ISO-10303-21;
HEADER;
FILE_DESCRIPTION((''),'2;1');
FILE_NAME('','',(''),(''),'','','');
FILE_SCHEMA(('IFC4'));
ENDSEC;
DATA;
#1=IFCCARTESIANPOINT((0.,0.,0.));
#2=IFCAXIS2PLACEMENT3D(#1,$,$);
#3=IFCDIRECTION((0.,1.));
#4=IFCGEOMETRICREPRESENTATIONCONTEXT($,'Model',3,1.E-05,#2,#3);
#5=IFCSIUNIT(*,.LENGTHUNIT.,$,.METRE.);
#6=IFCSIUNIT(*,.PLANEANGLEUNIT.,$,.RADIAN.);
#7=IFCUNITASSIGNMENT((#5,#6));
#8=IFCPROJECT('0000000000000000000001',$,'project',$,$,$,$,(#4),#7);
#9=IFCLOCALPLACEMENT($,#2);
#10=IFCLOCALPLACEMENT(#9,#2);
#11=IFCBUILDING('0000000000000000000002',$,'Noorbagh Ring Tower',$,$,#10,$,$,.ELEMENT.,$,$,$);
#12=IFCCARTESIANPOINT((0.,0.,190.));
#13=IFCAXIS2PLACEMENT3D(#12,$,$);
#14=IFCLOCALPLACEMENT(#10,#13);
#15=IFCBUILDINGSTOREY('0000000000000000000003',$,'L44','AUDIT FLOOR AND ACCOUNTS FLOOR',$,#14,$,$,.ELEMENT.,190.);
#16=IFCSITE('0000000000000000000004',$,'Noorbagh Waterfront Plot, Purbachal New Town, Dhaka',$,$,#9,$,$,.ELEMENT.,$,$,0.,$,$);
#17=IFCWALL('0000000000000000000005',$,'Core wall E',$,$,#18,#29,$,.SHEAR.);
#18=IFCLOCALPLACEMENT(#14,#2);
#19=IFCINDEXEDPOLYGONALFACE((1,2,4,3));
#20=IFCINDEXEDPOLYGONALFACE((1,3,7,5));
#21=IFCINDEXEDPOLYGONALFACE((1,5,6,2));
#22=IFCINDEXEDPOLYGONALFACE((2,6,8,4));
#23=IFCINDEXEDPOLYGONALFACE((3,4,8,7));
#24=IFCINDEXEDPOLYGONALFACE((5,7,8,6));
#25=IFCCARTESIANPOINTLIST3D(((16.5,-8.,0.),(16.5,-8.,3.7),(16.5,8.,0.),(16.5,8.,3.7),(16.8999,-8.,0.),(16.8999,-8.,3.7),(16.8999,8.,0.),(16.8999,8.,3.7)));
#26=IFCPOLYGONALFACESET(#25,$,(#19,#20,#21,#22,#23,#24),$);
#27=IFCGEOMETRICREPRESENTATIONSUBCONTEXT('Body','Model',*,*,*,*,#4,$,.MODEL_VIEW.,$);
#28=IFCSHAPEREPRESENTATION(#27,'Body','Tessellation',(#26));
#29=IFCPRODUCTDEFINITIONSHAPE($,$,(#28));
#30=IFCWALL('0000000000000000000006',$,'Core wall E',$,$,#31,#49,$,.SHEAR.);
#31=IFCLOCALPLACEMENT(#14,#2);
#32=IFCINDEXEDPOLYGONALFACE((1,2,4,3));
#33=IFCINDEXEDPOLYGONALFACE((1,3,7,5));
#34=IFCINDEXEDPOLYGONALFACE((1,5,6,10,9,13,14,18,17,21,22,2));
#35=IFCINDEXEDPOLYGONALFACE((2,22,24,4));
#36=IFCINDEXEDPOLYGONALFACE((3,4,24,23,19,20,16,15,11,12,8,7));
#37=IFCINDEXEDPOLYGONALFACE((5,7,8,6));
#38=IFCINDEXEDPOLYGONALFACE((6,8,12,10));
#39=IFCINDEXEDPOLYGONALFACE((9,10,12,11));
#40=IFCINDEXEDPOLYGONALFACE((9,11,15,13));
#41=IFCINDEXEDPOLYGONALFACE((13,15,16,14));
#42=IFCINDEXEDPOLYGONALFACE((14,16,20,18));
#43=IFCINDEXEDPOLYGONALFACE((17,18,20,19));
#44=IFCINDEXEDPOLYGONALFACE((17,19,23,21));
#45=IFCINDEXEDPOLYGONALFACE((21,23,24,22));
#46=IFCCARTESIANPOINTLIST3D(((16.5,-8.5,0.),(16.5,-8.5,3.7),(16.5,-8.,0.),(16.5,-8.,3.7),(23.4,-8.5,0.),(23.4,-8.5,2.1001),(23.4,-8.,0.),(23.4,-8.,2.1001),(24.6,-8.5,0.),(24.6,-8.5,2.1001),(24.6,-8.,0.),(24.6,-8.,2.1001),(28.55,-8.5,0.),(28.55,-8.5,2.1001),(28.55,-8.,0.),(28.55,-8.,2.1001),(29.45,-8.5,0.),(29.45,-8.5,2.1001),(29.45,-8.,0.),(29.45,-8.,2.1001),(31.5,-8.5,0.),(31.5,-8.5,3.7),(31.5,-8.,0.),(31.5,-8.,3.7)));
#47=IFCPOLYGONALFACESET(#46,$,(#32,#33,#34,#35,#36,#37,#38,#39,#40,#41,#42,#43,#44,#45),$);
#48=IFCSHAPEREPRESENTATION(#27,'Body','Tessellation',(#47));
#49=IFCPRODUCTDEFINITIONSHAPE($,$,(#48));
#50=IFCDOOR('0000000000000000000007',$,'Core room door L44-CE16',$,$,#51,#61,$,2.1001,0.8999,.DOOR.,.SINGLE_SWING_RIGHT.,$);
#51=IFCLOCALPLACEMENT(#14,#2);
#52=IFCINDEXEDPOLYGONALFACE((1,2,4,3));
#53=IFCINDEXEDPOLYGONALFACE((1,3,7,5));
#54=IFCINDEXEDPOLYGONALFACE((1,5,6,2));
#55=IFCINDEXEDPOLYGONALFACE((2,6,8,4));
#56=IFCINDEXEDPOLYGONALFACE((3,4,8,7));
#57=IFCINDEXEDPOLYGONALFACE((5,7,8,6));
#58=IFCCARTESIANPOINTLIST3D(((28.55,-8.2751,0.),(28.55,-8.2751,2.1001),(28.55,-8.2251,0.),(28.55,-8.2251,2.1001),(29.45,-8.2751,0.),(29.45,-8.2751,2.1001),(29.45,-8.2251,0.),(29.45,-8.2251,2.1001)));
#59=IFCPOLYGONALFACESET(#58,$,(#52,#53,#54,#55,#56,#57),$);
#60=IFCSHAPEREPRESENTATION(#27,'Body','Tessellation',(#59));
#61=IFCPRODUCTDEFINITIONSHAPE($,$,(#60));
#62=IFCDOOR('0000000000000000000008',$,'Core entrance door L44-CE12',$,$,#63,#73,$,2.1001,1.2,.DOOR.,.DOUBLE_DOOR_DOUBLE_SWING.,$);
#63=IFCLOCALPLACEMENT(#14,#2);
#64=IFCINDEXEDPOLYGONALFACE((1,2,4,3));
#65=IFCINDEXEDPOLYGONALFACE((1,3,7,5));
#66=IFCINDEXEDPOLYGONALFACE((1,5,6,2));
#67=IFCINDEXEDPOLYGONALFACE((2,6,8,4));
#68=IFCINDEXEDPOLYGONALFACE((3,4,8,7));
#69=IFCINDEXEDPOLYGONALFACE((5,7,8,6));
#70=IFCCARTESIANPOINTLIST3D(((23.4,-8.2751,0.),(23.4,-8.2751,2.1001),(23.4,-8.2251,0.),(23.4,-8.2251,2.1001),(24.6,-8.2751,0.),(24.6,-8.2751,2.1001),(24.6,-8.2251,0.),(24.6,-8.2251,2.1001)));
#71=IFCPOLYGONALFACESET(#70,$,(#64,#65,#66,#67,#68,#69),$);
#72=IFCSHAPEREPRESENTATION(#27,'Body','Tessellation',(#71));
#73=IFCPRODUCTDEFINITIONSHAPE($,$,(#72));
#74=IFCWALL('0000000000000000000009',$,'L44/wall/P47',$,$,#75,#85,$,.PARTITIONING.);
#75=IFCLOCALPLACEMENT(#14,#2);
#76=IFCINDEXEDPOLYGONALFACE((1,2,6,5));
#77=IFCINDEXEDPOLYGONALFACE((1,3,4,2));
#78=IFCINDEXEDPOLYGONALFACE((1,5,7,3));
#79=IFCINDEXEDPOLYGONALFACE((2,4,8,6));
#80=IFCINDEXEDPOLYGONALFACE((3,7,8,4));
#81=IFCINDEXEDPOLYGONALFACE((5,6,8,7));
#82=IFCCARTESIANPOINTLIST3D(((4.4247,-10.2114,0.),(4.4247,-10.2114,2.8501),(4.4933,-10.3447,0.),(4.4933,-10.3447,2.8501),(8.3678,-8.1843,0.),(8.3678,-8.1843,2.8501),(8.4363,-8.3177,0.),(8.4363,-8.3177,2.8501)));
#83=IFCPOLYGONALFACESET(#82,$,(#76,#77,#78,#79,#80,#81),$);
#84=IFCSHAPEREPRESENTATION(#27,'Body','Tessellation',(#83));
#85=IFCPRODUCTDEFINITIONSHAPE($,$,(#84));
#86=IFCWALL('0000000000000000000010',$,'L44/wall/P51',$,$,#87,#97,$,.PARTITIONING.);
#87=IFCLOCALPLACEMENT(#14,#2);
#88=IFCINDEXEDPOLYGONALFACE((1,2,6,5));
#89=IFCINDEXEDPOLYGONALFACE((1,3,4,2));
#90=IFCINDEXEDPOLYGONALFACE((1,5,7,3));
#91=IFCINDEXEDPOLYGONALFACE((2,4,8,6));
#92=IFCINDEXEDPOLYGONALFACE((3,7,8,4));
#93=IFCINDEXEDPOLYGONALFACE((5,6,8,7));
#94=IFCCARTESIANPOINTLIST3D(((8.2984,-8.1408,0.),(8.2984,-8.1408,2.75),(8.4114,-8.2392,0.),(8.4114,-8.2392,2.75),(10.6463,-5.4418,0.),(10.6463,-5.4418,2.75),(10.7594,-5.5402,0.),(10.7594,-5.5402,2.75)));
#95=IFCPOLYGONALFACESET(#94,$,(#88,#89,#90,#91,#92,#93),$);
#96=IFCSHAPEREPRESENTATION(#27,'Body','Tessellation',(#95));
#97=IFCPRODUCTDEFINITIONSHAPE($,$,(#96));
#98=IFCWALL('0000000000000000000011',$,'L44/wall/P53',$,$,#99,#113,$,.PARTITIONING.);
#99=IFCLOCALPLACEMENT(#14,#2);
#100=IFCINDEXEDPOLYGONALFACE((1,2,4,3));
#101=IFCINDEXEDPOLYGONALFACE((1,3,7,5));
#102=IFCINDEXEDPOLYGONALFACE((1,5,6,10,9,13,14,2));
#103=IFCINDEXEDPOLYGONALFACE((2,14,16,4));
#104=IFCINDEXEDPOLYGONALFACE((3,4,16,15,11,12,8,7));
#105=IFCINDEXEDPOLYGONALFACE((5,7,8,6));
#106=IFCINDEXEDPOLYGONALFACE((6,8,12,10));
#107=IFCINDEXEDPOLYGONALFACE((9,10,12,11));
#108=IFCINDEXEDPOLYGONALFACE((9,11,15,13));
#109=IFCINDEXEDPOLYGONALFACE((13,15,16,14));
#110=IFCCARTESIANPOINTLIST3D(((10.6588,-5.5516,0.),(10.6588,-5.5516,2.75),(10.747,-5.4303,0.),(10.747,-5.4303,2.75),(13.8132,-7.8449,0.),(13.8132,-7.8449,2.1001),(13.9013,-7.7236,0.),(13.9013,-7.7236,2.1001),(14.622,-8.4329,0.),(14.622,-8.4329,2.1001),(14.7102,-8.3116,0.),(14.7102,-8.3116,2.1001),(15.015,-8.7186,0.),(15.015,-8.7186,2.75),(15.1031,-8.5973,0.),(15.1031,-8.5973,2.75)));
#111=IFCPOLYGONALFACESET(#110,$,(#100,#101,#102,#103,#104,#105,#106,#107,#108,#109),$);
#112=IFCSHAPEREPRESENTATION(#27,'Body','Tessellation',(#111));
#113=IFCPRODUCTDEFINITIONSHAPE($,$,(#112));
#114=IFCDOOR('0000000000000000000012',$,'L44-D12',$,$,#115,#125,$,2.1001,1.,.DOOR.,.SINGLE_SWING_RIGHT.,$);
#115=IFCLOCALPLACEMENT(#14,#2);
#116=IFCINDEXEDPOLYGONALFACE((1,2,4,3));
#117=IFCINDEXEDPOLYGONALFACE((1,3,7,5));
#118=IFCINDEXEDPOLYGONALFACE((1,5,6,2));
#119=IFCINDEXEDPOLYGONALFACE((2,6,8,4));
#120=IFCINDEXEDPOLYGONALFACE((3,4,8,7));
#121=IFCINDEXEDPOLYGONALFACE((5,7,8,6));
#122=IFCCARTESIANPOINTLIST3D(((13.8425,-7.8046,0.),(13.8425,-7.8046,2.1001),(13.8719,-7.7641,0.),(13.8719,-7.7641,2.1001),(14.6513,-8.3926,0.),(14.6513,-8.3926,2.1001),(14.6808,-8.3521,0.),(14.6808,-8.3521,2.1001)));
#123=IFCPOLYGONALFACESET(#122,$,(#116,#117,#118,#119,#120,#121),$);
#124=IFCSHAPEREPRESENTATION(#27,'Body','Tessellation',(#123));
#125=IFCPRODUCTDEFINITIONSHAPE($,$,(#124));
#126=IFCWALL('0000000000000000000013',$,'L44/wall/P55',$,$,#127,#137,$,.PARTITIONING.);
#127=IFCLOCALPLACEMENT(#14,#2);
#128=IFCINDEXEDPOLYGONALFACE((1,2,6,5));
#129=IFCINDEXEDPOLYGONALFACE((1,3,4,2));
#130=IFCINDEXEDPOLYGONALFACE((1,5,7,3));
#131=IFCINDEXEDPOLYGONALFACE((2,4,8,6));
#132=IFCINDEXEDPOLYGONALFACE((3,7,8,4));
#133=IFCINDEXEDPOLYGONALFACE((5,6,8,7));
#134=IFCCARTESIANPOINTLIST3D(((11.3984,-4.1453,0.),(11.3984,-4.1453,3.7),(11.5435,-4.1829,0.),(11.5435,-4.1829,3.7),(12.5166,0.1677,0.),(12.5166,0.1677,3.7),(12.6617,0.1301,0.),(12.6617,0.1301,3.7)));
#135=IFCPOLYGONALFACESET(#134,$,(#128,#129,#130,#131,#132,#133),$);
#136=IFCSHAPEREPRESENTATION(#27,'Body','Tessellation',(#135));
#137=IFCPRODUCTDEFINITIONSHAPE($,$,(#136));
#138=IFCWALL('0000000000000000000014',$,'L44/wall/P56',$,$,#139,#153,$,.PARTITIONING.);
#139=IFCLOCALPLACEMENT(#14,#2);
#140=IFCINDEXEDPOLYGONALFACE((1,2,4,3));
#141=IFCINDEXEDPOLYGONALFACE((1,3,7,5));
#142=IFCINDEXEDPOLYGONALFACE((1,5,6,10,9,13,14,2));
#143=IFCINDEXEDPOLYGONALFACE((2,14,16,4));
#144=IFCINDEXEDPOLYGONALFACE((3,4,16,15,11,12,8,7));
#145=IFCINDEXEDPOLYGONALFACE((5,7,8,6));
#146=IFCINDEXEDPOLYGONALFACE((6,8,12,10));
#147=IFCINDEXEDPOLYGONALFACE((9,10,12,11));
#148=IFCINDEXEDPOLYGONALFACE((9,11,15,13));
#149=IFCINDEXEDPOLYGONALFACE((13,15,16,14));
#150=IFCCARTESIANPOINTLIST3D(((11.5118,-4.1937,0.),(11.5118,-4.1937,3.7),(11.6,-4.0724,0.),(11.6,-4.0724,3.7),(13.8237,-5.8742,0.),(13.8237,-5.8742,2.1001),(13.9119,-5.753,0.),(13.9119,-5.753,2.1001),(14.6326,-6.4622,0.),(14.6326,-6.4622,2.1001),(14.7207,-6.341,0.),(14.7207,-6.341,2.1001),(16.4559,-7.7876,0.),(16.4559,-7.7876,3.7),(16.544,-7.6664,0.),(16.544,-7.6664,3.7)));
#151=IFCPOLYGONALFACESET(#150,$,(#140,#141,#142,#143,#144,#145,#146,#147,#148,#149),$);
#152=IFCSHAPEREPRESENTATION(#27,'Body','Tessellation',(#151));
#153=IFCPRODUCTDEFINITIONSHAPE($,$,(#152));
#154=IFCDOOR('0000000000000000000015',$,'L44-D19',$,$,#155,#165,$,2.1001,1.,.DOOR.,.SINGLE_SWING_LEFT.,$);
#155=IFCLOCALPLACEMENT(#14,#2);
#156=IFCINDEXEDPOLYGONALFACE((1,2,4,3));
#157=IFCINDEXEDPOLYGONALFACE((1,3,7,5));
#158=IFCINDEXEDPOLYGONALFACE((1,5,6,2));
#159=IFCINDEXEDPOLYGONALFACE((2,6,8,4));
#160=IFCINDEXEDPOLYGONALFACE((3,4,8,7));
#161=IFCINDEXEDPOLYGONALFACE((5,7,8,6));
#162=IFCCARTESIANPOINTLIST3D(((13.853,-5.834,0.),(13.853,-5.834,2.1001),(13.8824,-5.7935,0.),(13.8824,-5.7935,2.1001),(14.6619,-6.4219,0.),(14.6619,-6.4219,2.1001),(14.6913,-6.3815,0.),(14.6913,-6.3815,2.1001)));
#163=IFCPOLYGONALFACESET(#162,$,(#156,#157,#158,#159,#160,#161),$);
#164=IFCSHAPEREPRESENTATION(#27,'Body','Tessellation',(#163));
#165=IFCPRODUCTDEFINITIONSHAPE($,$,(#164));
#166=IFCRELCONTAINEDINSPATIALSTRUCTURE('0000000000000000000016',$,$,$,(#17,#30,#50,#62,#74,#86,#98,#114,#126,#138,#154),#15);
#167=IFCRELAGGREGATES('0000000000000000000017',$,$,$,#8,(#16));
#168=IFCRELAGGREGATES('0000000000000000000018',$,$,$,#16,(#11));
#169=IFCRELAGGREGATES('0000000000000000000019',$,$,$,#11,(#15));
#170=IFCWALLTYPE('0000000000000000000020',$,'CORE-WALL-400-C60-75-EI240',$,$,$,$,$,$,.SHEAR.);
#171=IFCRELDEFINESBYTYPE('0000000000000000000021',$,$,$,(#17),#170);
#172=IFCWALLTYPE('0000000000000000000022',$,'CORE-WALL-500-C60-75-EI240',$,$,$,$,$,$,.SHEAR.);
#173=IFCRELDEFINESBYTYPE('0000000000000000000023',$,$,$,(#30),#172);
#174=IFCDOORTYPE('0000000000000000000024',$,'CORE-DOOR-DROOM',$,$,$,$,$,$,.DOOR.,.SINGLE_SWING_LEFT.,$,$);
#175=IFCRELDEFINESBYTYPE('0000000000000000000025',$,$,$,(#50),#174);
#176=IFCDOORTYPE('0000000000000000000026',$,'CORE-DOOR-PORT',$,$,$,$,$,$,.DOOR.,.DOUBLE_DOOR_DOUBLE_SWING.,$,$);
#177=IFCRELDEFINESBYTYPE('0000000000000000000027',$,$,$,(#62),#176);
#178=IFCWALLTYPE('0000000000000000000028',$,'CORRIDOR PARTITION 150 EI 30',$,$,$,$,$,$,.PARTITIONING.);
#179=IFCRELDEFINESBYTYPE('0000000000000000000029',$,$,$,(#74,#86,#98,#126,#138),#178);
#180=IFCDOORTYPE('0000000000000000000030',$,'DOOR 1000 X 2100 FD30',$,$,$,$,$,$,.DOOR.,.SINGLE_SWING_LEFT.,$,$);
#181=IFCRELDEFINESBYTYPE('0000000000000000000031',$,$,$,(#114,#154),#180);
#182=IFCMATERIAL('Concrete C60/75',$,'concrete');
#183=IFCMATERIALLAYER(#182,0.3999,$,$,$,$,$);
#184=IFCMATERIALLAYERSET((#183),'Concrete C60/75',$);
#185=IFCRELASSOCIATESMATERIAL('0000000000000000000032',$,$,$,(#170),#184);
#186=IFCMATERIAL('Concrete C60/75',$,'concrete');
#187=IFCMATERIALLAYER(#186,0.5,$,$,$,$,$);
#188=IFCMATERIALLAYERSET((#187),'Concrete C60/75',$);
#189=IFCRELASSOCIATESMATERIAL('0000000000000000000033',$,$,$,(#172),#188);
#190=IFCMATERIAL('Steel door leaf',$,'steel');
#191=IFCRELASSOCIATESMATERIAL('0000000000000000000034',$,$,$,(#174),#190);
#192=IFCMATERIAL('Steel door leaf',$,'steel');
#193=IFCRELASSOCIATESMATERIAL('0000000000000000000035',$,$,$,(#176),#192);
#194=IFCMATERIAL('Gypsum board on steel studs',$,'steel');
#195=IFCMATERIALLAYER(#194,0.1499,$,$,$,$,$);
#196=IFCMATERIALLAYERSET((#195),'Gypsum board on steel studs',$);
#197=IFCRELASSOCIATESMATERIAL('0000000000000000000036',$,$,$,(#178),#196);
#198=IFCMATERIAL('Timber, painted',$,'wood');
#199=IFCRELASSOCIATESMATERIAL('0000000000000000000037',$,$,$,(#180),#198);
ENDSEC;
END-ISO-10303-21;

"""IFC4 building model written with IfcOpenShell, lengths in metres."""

from ifc_helpers import new_model, si_unit, direction, frame, frame_2d, origin, place, context, subcontext, project, spatial, rectangle, extrude, material, layer, layer_set, type_object, element, fill, save


model = new_model("IFC4")

# Units and contexts
model_context = context("Model", 3, precision=1e-05, world=origin(), true_north=direction((0.0, 1.0)))
body_context = subcontext(model_context, "Body", "Model", "MODEL_VIEW")
ifc_project = project(units=[si_unit("LENGTHUNIT", "METRE"), si_unit("PLANEANGLEUNIT", "RADIAN")], contexts=[model_context])

# Site, building, storey
site_placement = place(None, origin())
site = spatial("IfcSite", under=ifc_project, at=site_placement, Name="Noorbagh Waterfront Plot, Purbachal New Town, Dhaka", CompositionType="ELEMENT", RefElevation=0.0)
building_placement = place(site_placement, origin())
building = spatial("IfcBuilding", under=site, at=building_placement, Name="Noorbagh Ring Tower", CompositionType="ELEMENT")
storey_placement = place(building_placement, frame((0.0, 0.0, 190.0)))
storey = spatial("IfcBuildingStorey", under=building, at=storey_placement, Name="L44", Description="AUDIT FLOOR AND ACCOUNTS FLOOR", CompositionType="ELEMENT", Elevation=190.0)

# Wall
ifc_material_1 = material(Name="Concrete C60/75", Category="concrete")
ifc_layer_1 = layer(ifc_material_1, 0.3999)
ifc_layer_set_1 = layer_set([ifc_layer_1], Name="Concrete C60/75")
wall_type_1 = type_object("IfcWallType", Name="CORE-WALL-400-C60-75-EI240", PredefinedType="SHEAR", material=ifc_layer_set_1)
wall_1_placement = place(storey_placement, frame((16.7, -8.0, 0.0), z_axis=(0.0, 0.0, 1.0), x_axis=(0.0, 1.0, 0.0)))
element("IfcWall", 1, at=wall_1_placement, inside=storey, type_object=wall_type_1, Name="Core wall E", PredefinedType="SHEAR", context=body_context, shape_type="SweptSolid", body=[
    extrude(rectangle(XDim=16.0, YDim=0.3999, at=frame_2d((8.0, 0.0))), origin(), (0.0, 0.0, 1.0), 3.7),
])

# Wall, openings, doors
ifc_material_2 = material(Name="Concrete C60/75", Category="concrete")
ifc_layer_2 = layer(ifc_material_2, 0.5)
ifc_layer_set_2 = layer_set([ifc_layer_2], Name="Concrete C60/75")
wall_type_2 = type_object("IfcWallType", Name="CORE-WALL-500-C60-75-EI240", PredefinedType="SHEAR", material=ifc_layer_set_2)
wall_2_placement = place(storey_placement, frame((16.5, -8.25, 0.0), z_axis=(0.0, 0.0, 1.0), x_axis=(1.0, 0.0, 0.0)))
wall_2 = element("IfcWall", 2, at=wall_2_placement, inside=storey, type_object=wall_type_2, Name="Core wall E", PredefinedType="SHEAR", context=body_context, shape_type="SweptSolid", body=[
    extrude(rectangle(XDim=15.0, YDim=0.5, at=frame_2d((7.5, 0.0))), origin(), (0.0, 0.0, 1.0), 3.7),
])
opening_1_placement = place(wall_2_placement, frame((6.8999, 0.0, 0.0)))
opening_1 = element("IfcOpeningElement", 3, at=opening_1_placement, cuts=wall_2, PredefinedType="OPENING", context=body_context, shape_type="SweptSolid", body=[
    extrude(rectangle(XDim=1.2, YDim=2.1001, at=frame_2d((0.6001, 1.05))), frame((0.0, 0.26, 0.0), z_axis=(0.0, -1.0, 0.0), x_axis=(1.0, 0.0, 0.0)), (0.0, 0.0, 1.0), 0.52),
])
opening_2_placement = place(wall_2_placement, frame((12.05, 0.0, 0.0)))
opening_2 = element("IfcOpeningElement", 4, at=opening_2_placement, cuts=wall_2, PredefinedType="OPENING", context=body_context, shape_type="SweptSolid", body=[
    extrude(rectangle(XDim=0.8999, YDim=2.1001, at=frame_2d((0.45, 1.05))), frame((0.0, 0.26, 0.0), z_axis=(0.0, -1.0, 0.0), x_axis=(1.0, 0.0, 0.0)), (0.0, 0.0, 1.0), 0.52),
])
ifc_material_3 = material(Name="Steel door leaf", Category="steel")
door_type_1 = type_object("IfcDoorType", Name="CORE-DOOR-DROOM", OperationType="SINGLE_SWING_LEFT", PredefinedType="DOOR", material=ifc_material_3)
door_1_placement = place(opening_2_placement, origin())
door_1 = element("IfcDoor", 5, at=door_1_placement, inside=storey, type_object=door_type_1, Name="Core room door L44-CE16", OperationType="SINGLE_SWING_RIGHT", OverallHeight=2.1001, OverallWidth=0.8999, PredefinedType="DOOR", context=body_context, shape_type="SweptSolid", body=[
    extrude(rectangle(XDim=0.8999, YDim=2.1001, at=frame_2d((0.45, 1.05))), frame((0.0, 0.0249, 0.0), z_axis=(0.0, -1.0, 0.0), x_axis=(1.0, 0.0, 0.0)), (0.0, 0.0, 1.0), 0.05),
])
fill(opening_2, door_1)
ifc_material_4 = material(Name="Steel door leaf", Category="steel")
door_type_2 = type_object("IfcDoorType", Name="CORE-DOOR-PORT", OperationType="DOUBLE_DOOR_DOUBLE_SWING", PredefinedType="DOOR", material=ifc_material_4)
door_2_placement = place(opening_1_placement, origin())
door_2 = element("IfcDoor", 6, at=door_2_placement, inside=storey, type_object=door_type_2, Name="Core entrance door L44-CE12", OperationType="DOUBLE_DOOR_DOUBLE_SWING", OverallHeight=2.1001, OverallWidth=1.2, PredefinedType="DOOR", context=body_context, shape_type="SweptSolid", body=[
    extrude(rectangle(XDim=1.2, YDim=2.1001, at=frame_2d((0.6001, 1.05))), frame((0.0, 0.0249, 0.0), z_axis=(0.0, -1.0, 0.0), x_axis=(1.0, 0.0, 0.0)), (0.0, 0.0, 1.0), 0.05),
])
fill(opening_1, door_2)

# Walls
ifc_material_5 = material(Name="Gypsum board on steel studs", Category="steel")
ifc_layer_3 = layer(ifc_material_5, 0.1499)
ifc_layer_set_3 = layer_set([ifc_layer_3], Name="Gypsum board on steel studs")
wall_type_3 = type_object("IfcWallType", Name="CORRIDOR PARTITION 150 EI 30", PredefinedType="PARTITIONING", material=ifc_layer_set_3)
wall_3_placement = place(storey_placement, frame((4.459, -10.2781, 0.0), z_axis=(0.0, 0.0, 1.0), x_axis=(0.88936, 0.457207, 0.0)))
element("IfcWall", 7, at=wall_3_placement, inside=storey, type_object=wall_type_3, Name="L44/wall/P47", PredefinedType="PARTITIONING", context=body_context, shape_type="SweptSolid", body=[
    extrude(rectangle(XDim=4.4336, YDim=0.1499, at=frame_2d((2.2168, 0.0))), origin(), (0.0, 0.0, 1.0), 2.8501),
])
wall_4_placement = place(storey_placement, frame((8.355, -8.1899, 0.0), z_axis=(0.0, 0.0, 1.0), x_axis=(0.656332, 0.754472, 0.0)))
element("IfcWall", 8, at=wall_4_placement, inside=storey, type_object=wall_type_3, Name="L44/wall/P51", PredefinedType="PARTITIONING", context=body_context, shape_type="SweptSolid", body=[
    extrude(rectangle(XDim=3.5774, YDim=0.1499, at=frame_2d((1.7886, 0.0))), origin(), (0.0, 0.0, 1.0), 2.75),
])

# Wall, opening, door
wall_5_placement = place(storey_placement, frame((10.7029, -5.491, 0.0), z_axis=(0.0, 0.0, 1.0), x_axis=(0.808838, -0.588032, 0.0)))
wall_5 = element("IfcWall", 9, at=wall_5_placement, inside=storey, type_object=wall_type_3, Name="L44/wall/P53", PredefinedType="PARTITIONING", context=body_context, shape_type="SweptSolid", body=[
    extrude(rectangle(XDim=5.3857, YDim=0.1499, at=frame_2d((2.6929, 0.0))), origin(), (0.0, 0.0, 1.0), 2.75),
])
opening_3_placement = place(wall_5_placement, frame((3.8999, 0.0, 0.0)))
opening_3 = element("IfcOpeningElement", 10, at=opening_3_placement, cuts=wall_5, PredefinedType="OPENING", context=body_context, shape_type="SweptSolid", body=[
    extrude(rectangle(XDim=1.0, YDim=2.1001, at=frame_2d((0.5, 1.05))), frame((0.0, 0.085, 0.0), z_axis=(0.0, -1.0, 0.0), x_axis=(1.0, 0.0, 0.0)), (0.0, 0.0, 1.0), 0.1699),
])
ifc_material_6 = material(Name="Timber, painted", Category="wood")
door_type_3 = type_object("IfcDoorType", Name="DOOR 1000 X 2100 FD30", OperationType="SINGLE_SWING_LEFT", PredefinedType="DOOR", material=ifc_material_6)
door_3_placement = place(opening_3_placement, origin())
door_3 = element("IfcDoor", 11, at=door_3_placement, inside=storey, type_object=door_type_3, Name="L44-D12", OperationType="SINGLE_SWING_RIGHT", OverallHeight=2.1001, OverallWidth=1.0, PredefinedType="DOOR", context=body_context, shape_type="SweptSolid", body=[
    extrude(rectangle(XDim=1.0, YDim=2.1001, at=frame_2d((0.5, 1.05))), frame((0.0, 0.0249, 0.0), z_axis=(0.0, -1.0, 0.0), x_axis=(1.0, 0.0, 0.0)), (0.0, 0.0, 1.0), 0.05),
])
fill(opening_3, door_3)

# Wall
wall_6_placement = place(storey_placement, frame((11.4709, -4.1641, 0.0), z_axis=(0.0, 0.0, 1.0), x_axis=(0.250958, 0.967998, 0.0)))
element("IfcWall", 12, at=wall_6_placement, inside=storey, type_object=wall_type_3, Name="L44/wall/P55", PredefinedType="PARTITIONING", context=body_context, shape_type="SweptSolid", body=[
    extrude(rectangle(XDim=4.4556, YDim=0.1499, at=frame_2d((2.2278, 0.0))), origin(), (0.0, 0.0, 1.0), 3.7),
])

# Wall, opening, door
wall_7_placement = place(storey_placement, frame((11.5559, -4.1331, 0.0), z_axis=(0.0, 0.0, 1.0), x_axis=(0.808869, -0.587989, 0.0)))
wall_7 = element("IfcWall", 13, at=wall_7_placement, inside=storey, type_object=wall_type_3, Name="L44/wall/P56", PredefinedType="PARTITIONING", context=body_context, shape_type="SweptSolid", body=[
    extrude(rectangle(XDim=6.1123, YDim=0.1499, at=frame_2d((3.0562, 0.0))), origin(), (0.0, 0.0, 1.0), 3.7),
])
opening_4_placement = place(wall_7_placement, frame((2.8582, 0.0, 0.0)))
opening_4 = element("IfcOpeningElement", 14, at=opening_4_placement, cuts=wall_7, PredefinedType="OPENING", context=body_context, shape_type="SweptSolid", body=[
    extrude(rectangle(XDim=1.0, YDim=2.1001, at=frame_2d((0.5, 1.05))), frame((0.0, 0.085, 0.0), z_axis=(0.0, -1.0, 0.0), x_axis=(1.0, 0.0, 0.0)), (0.0, 0.0, 1.0), 0.1699),
])
door_4_placement = place(opening_4_placement, origin())
door_4 = element("IfcDoor", 15, at=door_4_placement, inside=storey, type_object=door_type_3, Name="L44-D19", OperationType="SINGLE_SWING_LEFT", OverallHeight=2.1001, OverallWidth=1.0, PredefinedType="DOOR", context=body_context, shape_type="SweptSolid", body=[
    extrude(rectangle(XDim=1.0, YDim=2.1001, at=frame_2d((0.5, 1.05))), frame((0.0, 0.0249, 0.0), z_axis=(0.0, -1.0, 0.0), x_axis=(1.0, 0.0, 0.0)), (0.0, 0.0, 1.0), 0.05),
])
fill(opening_4, door_4)

save(model, "model.ifc")
